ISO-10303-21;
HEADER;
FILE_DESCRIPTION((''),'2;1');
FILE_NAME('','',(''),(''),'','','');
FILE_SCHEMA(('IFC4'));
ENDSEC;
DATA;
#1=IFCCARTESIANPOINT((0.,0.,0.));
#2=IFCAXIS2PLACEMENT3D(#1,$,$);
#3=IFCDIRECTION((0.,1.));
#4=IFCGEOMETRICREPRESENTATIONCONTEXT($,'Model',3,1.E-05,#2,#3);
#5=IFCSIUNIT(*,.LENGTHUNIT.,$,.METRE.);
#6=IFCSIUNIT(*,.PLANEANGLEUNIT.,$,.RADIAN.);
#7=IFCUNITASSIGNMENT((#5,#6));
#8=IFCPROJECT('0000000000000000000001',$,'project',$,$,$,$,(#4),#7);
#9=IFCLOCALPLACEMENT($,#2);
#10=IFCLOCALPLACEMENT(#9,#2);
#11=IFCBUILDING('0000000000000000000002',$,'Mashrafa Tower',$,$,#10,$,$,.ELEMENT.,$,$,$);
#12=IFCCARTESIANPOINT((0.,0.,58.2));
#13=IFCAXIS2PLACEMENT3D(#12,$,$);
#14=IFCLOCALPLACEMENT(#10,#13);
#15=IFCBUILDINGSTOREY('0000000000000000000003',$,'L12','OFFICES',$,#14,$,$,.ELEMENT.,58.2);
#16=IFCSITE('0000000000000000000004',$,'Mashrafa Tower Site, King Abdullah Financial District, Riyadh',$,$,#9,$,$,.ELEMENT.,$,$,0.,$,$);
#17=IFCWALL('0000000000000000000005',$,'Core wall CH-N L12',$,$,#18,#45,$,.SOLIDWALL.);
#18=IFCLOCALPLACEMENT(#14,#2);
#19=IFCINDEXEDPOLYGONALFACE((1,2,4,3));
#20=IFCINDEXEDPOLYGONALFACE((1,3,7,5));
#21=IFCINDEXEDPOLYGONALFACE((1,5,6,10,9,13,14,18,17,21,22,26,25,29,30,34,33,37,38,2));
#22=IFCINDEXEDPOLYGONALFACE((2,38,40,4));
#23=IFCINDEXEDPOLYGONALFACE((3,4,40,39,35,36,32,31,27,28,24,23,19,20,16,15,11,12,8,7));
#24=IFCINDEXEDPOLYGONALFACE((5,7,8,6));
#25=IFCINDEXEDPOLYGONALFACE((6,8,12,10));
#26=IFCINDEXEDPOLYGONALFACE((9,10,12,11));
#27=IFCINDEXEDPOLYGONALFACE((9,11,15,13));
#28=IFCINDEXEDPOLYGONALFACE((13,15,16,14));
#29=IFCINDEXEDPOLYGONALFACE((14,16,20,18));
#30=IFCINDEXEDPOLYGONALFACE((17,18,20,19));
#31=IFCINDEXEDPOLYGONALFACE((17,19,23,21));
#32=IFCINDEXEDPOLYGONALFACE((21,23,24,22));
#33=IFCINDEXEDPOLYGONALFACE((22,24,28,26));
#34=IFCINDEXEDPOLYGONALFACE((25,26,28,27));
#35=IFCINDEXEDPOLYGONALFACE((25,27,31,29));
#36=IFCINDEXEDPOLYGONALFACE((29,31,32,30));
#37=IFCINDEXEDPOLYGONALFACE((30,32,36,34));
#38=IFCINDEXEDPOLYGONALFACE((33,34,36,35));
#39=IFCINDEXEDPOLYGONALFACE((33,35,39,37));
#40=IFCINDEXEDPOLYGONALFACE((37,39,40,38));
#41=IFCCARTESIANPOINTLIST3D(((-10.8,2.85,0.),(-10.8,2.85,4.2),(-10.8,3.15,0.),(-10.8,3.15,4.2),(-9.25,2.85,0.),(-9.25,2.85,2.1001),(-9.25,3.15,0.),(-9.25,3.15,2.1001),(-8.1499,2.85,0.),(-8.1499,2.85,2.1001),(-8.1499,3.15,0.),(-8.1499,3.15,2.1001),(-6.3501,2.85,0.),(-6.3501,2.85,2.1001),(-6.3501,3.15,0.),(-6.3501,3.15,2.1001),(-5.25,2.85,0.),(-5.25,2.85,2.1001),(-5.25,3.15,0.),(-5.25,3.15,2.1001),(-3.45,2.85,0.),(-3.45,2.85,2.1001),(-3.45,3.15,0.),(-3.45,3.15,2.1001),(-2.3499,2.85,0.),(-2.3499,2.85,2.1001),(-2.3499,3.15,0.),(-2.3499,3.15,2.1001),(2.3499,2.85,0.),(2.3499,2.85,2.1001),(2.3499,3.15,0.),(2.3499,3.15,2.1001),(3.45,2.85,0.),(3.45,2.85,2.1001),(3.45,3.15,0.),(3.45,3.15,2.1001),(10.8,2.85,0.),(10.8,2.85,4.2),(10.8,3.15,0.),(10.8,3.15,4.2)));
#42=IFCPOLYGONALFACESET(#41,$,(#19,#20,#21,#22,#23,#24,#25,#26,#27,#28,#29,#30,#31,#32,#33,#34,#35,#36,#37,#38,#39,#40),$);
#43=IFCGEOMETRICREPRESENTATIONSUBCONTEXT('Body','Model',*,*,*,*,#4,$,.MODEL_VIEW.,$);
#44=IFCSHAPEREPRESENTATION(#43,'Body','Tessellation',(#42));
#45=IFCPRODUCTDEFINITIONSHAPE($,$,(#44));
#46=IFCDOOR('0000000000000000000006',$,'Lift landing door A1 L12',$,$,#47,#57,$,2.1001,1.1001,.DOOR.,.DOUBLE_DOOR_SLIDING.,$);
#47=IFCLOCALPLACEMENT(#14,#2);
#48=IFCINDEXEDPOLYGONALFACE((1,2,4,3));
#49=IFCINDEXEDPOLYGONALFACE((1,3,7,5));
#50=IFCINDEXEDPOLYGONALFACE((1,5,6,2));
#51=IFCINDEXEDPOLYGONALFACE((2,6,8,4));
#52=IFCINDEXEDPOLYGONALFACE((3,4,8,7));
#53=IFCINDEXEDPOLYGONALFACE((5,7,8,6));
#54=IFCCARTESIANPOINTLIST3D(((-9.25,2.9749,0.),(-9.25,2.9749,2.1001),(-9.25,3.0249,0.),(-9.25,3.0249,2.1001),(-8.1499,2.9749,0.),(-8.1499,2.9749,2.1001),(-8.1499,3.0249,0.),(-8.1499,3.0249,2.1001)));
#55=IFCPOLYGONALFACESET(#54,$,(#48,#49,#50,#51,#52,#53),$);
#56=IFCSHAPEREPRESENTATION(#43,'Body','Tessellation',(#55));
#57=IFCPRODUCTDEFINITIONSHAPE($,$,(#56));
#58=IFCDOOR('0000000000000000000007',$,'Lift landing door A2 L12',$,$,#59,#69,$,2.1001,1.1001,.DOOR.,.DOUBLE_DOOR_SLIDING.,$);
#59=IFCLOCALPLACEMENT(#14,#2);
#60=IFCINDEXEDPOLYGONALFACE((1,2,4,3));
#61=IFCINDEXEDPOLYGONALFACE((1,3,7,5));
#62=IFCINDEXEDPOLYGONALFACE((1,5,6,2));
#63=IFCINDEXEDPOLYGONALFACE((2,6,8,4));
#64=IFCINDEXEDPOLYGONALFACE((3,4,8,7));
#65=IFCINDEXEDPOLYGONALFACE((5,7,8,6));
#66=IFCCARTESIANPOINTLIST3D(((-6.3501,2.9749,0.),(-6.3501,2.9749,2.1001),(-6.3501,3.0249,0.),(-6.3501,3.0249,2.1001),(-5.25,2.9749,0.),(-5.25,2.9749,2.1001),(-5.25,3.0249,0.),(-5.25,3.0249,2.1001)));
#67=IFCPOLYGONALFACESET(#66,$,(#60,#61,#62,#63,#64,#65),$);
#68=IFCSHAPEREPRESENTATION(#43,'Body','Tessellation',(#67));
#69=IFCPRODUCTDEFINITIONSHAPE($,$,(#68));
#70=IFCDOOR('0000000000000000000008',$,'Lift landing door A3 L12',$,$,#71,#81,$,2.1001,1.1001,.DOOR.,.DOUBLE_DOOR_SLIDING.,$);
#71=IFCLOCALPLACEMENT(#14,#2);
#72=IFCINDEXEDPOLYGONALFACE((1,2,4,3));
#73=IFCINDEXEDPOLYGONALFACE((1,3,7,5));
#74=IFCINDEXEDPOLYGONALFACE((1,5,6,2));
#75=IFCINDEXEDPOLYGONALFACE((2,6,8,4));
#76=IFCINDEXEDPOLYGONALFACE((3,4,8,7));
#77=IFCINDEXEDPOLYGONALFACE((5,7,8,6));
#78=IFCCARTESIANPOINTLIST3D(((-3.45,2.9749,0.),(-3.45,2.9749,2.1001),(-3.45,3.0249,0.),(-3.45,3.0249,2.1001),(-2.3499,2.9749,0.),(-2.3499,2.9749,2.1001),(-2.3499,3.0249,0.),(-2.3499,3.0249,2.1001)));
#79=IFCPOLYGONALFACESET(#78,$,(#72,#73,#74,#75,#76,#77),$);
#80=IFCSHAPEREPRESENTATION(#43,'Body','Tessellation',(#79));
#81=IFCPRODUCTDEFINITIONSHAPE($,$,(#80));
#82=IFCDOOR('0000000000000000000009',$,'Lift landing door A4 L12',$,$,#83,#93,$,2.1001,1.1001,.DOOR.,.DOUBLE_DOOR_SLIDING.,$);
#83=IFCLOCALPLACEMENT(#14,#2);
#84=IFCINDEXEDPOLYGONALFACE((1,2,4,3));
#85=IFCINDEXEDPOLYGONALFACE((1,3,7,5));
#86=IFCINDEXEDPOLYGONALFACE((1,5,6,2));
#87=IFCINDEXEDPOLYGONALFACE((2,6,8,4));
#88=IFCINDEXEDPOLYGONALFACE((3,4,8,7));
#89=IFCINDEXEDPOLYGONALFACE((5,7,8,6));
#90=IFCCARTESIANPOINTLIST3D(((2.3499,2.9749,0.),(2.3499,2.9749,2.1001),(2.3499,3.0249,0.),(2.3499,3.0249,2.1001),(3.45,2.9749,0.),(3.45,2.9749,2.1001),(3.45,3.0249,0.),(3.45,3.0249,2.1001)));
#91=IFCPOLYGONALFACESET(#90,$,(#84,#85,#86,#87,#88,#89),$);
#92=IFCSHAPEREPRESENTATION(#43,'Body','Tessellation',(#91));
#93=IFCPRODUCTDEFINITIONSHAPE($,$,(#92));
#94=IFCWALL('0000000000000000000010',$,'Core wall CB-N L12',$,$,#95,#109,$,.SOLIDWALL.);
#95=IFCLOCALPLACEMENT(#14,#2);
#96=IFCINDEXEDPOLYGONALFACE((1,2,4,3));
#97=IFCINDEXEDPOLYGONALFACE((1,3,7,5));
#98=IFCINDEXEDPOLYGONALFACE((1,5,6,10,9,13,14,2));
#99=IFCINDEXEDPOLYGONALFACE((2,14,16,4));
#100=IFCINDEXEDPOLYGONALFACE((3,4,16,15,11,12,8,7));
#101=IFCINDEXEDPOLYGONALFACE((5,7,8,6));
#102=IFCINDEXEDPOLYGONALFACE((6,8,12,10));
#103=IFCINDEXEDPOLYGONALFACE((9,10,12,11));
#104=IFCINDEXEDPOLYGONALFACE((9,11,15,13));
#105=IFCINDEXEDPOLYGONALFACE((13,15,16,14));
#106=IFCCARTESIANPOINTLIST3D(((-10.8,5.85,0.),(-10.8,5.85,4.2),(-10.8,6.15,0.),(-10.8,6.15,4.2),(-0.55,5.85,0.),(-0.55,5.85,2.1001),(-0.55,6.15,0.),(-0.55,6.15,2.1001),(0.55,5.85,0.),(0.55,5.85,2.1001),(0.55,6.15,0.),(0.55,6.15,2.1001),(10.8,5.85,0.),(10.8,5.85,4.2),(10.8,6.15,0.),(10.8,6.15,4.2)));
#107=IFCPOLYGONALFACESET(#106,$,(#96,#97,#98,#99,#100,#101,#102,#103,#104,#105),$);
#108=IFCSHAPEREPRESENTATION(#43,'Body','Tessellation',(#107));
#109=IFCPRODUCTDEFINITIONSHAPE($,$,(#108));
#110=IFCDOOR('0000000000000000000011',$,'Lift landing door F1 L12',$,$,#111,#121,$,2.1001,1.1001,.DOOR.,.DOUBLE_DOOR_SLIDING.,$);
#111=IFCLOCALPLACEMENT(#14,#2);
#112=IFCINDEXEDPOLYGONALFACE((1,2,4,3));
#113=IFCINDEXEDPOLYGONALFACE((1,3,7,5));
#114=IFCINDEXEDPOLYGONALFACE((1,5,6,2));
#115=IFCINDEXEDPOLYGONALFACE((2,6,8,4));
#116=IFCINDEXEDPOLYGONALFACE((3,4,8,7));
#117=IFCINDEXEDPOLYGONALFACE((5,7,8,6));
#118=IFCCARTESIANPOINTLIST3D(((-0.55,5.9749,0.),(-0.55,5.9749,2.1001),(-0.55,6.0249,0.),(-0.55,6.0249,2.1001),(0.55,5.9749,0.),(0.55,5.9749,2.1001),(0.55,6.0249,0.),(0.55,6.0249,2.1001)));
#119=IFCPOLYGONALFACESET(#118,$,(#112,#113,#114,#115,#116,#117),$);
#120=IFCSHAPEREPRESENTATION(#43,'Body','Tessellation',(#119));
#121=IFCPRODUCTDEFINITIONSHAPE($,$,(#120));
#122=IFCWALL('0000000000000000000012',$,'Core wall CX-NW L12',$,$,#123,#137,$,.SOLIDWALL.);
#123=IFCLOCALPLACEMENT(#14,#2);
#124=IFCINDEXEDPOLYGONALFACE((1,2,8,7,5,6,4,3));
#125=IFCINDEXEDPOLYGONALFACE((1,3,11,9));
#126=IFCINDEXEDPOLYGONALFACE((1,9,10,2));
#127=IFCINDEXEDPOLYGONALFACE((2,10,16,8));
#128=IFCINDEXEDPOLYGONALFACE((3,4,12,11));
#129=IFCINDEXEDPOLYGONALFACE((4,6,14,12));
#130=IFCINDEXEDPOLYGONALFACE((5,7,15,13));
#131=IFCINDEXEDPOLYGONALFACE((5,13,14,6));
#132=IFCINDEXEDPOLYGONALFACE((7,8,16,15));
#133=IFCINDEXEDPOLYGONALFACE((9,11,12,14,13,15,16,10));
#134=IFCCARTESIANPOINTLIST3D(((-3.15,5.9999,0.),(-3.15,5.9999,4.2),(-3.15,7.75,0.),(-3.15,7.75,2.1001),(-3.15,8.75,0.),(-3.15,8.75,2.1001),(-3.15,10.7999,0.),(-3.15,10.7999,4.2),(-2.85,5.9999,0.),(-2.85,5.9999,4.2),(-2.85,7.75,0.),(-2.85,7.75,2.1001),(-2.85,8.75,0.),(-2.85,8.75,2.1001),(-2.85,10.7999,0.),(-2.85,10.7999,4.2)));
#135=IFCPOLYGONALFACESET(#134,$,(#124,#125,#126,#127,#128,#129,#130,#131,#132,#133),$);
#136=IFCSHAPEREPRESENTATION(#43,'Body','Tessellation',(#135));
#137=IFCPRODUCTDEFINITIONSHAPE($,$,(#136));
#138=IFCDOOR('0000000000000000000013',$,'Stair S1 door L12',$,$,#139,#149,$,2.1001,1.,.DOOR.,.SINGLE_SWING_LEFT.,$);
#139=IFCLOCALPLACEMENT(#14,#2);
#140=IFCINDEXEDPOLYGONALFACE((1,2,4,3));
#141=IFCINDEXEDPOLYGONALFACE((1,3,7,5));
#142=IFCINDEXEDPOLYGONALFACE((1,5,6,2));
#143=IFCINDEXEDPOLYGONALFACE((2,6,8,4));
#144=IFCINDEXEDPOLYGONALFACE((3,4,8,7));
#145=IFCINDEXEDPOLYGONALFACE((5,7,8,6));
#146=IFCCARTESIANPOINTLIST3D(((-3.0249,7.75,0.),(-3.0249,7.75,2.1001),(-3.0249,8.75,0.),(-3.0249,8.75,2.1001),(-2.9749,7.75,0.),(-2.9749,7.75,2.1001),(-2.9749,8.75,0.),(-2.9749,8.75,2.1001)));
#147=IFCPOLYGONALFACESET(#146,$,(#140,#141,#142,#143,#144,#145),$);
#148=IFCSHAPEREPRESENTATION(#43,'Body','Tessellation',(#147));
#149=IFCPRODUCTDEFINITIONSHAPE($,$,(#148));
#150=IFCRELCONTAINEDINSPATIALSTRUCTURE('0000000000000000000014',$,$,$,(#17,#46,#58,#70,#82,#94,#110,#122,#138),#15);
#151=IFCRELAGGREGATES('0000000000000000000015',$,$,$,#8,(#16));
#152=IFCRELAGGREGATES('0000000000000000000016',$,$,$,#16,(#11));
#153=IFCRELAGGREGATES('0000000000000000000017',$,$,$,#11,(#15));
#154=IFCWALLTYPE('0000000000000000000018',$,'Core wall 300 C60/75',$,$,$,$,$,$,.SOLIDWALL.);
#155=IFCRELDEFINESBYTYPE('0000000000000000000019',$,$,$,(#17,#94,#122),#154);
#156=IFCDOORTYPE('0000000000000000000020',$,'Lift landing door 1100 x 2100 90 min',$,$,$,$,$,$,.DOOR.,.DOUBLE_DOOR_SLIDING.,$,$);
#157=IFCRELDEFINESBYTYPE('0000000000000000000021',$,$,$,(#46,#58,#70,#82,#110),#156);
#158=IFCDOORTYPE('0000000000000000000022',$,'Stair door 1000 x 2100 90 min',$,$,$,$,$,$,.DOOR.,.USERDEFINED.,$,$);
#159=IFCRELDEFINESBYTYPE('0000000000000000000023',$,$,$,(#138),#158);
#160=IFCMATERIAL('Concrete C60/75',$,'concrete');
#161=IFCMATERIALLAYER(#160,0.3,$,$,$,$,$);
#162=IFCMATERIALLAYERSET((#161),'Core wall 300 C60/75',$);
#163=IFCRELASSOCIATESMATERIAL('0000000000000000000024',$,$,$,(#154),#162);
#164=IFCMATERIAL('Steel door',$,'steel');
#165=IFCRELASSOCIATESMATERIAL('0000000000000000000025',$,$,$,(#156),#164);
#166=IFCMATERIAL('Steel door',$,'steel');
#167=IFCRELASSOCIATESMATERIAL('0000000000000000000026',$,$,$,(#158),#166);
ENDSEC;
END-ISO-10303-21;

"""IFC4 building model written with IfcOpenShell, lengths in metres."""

from ifc_helpers import new_model, si_unit, direction, frame, frame_2d, origin, place, context, subcontext, project, spatial, rectangle, extrude, material, layer, layer_set, type_object, element, fill, save


model = new_model("IFC4")

# Units and contexts
model_context = context("Model", 3, precision=1e-05, world=origin(), true_north=direction((0.0, 1.0)))
body_context = subcontext(model_context, "Body", "Model", "MODEL_VIEW")
ifc_project = project(units=[si_unit("LENGTHUNIT", "METRE"), si_unit("PLANEANGLEUNIT", "RADIAN")], contexts=[model_context])

# Site, building, storey
site_placement = place(None, origin())
site = spatial("IfcSite", under=ifc_project, at=site_placement, Name="Mashrafa Tower Site, King Abdullah Financial District, Riyadh", CompositionType="ELEMENT", RefElevation=0.0)
building_placement = place(site_placement, origin())
building = spatial("IfcBuilding", under=site, at=building_placement, Name="Mashrafa Tower", CompositionType="ELEMENT")
storey_placement = place(building_placement, frame((0.0, 0.0, 58.2)))
storey = spatial("IfcBuildingStorey", under=building, at=storey_placement, Name="L12", Description="OFFICES", CompositionType="ELEMENT", Elevation=58.2)

# Wall, openings, doors
ifc_material_1 = material(Name="Concrete C60/75", Category="concrete")
ifc_layer_1 = layer(ifc_material_1, 0.3)
ifc_layer_set_1 = layer_set([ifc_layer_1], Name="Core wall 300 C60/75")
wall_type_1 = type_object("IfcWallType", Name="Core wall 300 C60/75", PredefinedType="SOLIDWALL", material=ifc_layer_set_1)
wall_1_placement = place(storey_placement, frame((-10.8, 3.0, 0.0), z_axis=(0.0, 0.0, 1.0), x_axis=(1.0, 0.0, 0.0)))
wall_1 = element("IfcWall", 1, at=wall_1_placement, inside=storey, type_object=wall_type_1, Name="Core wall CH-N L12", PredefinedType="SOLIDWALL", context=body_context, shape_type="SweptSolid", body=[
    extrude(rectangle(XDim=21.6001, YDim=0.3, at=frame_2d((10.8, 0.0))), origin(), (0.0, 0.0, 1.0), 4.2),
])
opening_1_placement = place(wall_1_placement, frame((1.55, 0.0, 0.0)))
opening_1 = element("IfcOpeningElement", 2, at=opening_1_placement, cuts=wall_1, PredefinedType="OPENING", context=body_context, shape_type="SweptSolid", body=[
    extrude(rectangle(XDim=1.1001, YDim=2.1001, at=frame_2d((0.55, 1.05))), frame((0.0, 0.1599, 0.0), z_axis=(0.0, -1.0, 0.0), x_axis=(1.0, 0.0, 0.0)), (0.0, 0.0, 1.0), 0.3201),
])
opening_2_placement = place(wall_1_placement, frame((4.45, 0.0, 0.0)))
opening_2 = element("IfcOpeningElement", 3, at=opening_2_placement, cuts=wall_1, PredefinedType="OPENING", context=body_context, shape_type="SweptSolid", body=[
    extrude(rectangle(XDim=1.1001, YDim=2.1001, at=frame_2d((0.55, 1.05))), frame((0.0, 0.1599, 0.0), z_axis=(0.0, -1.0, 0.0), x_axis=(1.0, 0.0, 0.0)), (0.0, 0.0, 1.0), 0.3201),
])
opening_3_placement = place(wall_1_placement, frame((7.3501, 0.0, 0.0)))
opening_3 = element("IfcOpeningElement", 4, at=opening_3_placement, cuts=wall_1, PredefinedType="OPENING", context=body_context, shape_type="SweptSolid", body=[
    extrude(rectangle(XDim=1.1001, YDim=2.1001, at=frame_2d((0.55, 1.05))), frame((0.0, 0.1599, 0.0), z_axis=(0.0, -1.0, 0.0), x_axis=(1.0, 0.0, 0.0)), (0.0, 0.0, 1.0), 0.3201),
])
opening_4_placement = place(wall_1_placement, frame((13.1499, 0.0, 0.0)))
opening_4 = element("IfcOpeningElement", 5, at=opening_4_placement, cuts=wall_1, PredefinedType="OPENING", context=body_context, shape_type="SweptSolid", body=[
    extrude(rectangle(XDim=1.1001, YDim=2.1001, at=frame_2d((0.55, 1.05))), frame((0.0, 0.1599, 0.0), z_axis=(0.0, -1.0, 0.0), x_axis=(1.0, 0.0, 0.0)), (0.0, 0.0, 1.0), 0.3201),
])
ifc_material_2 = material(Name="Steel door", Category="steel")
door_type_1 = type_object("IfcDoorType", Name="Lift landing door 1100 x 2100 90 min", OperationType="DOUBLE_DOOR_SLIDING", PredefinedType="DOOR", material=ifc_material_2)
door_1_placement = place(opening_1_placement, origin())
door_1 = element("IfcDoor", 6, at=door_1_placement, inside=storey, type_object=door_type_1, Name="Lift landing door A1 L12", OperationType="DOUBLE_DOOR_SLIDING", OverallHeight=2.1001, OverallWidth=1.1001, PredefinedType="DOOR", context=body_context, shape_type="SweptSolid", body=[
    extrude(rectangle(XDim=1.1001, YDim=2.1001, at=frame_2d((0.55, 1.05))), frame((0.0, 0.0249, 0.0), z_axis=(0.0, -1.0, 0.0), x_axis=(1.0, 0.0, 0.0)), (0.0, 0.0, 1.0), 0.05),
])
fill(opening_1, door_1)
door_2_placement = place(opening_2_placement, origin())
door_2 = element("IfcDoor", 7, at=door_2_placement, inside=storey, type_object=door_type_1, Name="Lift landing door A2 L12", OperationType="DOUBLE_DOOR_SLIDING", OverallHeight=2.1001, OverallWidth=1.1001, PredefinedType="DOOR", context=body_context, shape_type="SweptSolid", body=[
    extrude(rectangle(XDim=1.1001, YDim=2.1001, at=frame_2d((0.55, 1.05))), frame((0.0, 0.0249, 0.0), z_axis=(0.0, -1.0, 0.0), x_axis=(1.0, 0.0, 0.0)), (0.0, 0.0, 1.0), 0.05),
])
fill(opening_2, door_2)
door_3_placement = place(opening_3_placement, origin())
door_3 = element("IfcDoor", 8, at=door_3_placement, inside=storey, type_object=door_type_1, Name="Lift landing door A3 L12", OperationType="DOUBLE_DOOR_SLIDING", OverallHeight=2.1001, OverallWidth=1.1001, PredefinedType="DOOR", context=body_context, shape_type="SweptSolid", body=[
    extrude(rectangle(XDim=1.1001, YDim=2.1001, at=frame_2d((0.55, 1.05))), frame((0.0, 0.0249, 0.0), z_axis=(0.0, -1.0, 0.0), x_axis=(1.0, 0.0, 0.0)), (0.0, 0.0, 1.0), 0.05),
])
fill(opening_3, door_3)
door_4_placement = place(opening_4_placement, origin())
door_4 = element("IfcDoor", 9, at=door_4_placement, inside=storey, type_object=door_type_1, Name="Lift landing door A4 L12", OperationType="DOUBLE_DOOR_SLIDING", OverallHeight=2.1001, OverallWidth=1.1001, PredefinedType="DOOR", context=body_context, shape_type="SweptSolid", body=[
    extrude(rectangle(XDim=1.1001, YDim=2.1001, at=frame_2d((0.55, 1.05))), frame((0.0, 0.0249, 0.0), z_axis=(0.0, -1.0, 0.0), x_axis=(1.0, 0.0, 0.0)), (0.0, 0.0, 1.0), 0.05),
])
fill(opening_4, door_4)

# Walls, openings, doors
wall_2_placement = place(storey_placement, frame((-10.8, 6.0, 0.0), z_axis=(0.0, 0.0, 1.0), x_axis=(1.0, 0.0, 0.0)))
wall_2 = element("IfcWall", 10, at=wall_2_placement, inside=storey, type_object=wall_type_1, Name="Core wall CB-N L12", PredefinedType="SOLIDWALL", context=body_context, shape_type="SweptSolid", body=[
    extrude(rectangle(XDim=21.6001, YDim=0.3, at=frame_2d((10.8, 0.0))), origin(), (0.0, 0.0, 1.0), 4.2),
])
opening_5_placement = place(wall_2_placement, frame((10.25, 0.0, 0.0)))
opening_5 = element("IfcOpeningElement", 11, at=opening_5_placement, cuts=wall_2, PredefinedType="OPENING", context=body_context, shape_type="SweptSolid", body=[
    extrude(rectangle(XDim=1.1001, YDim=2.1001, at=frame_2d((0.55, 1.05))), frame((0.0, 0.1599, 0.0), z_axis=(0.0, -1.0, 0.0), x_axis=(1.0, 0.0, 0.0)), (0.0, 0.0, 1.0), 0.3201),
])
door_5_placement = place(opening_5_placement, origin())
door_5 = element("IfcDoor", 12, at=door_5_placement, inside=storey, type_object=door_type_1, Name="Lift landing door F1 L12", OperationType="DOUBLE_DOOR_SLIDING", OverallHeight=2.1001, OverallWidth=1.1001, PredefinedType="DOOR", context=body_context, shape_type="SweptSolid", body=[
    extrude(rectangle(XDim=1.1001, YDim=2.1001, at=frame_2d((0.55, 1.05))), frame((0.0, 0.0249, 0.0), z_axis=(0.0, -1.0, 0.0), x_axis=(1.0, 0.0, 0.0)), (0.0, 0.0, 1.0), 0.05),
])
fill(opening_5, door_5)
wall_3_placement = place(storey_placement, frame((-3.0, 6.0, 0.0), z_axis=(0.0, 0.0, 1.0), x_axis=(0.0, 1.0, 0.0)))
wall_3 = element("IfcWall", 13, at=wall_3_placement, inside=storey, type_object=wall_type_1, Name="Core wall CX-NW L12", PredefinedType="SOLIDWALL", context=body_context, shape_type="SweptSolid", body=[
    extrude(rectangle(XDim=4.8, YDim=0.3, at=frame_2d((2.3999, 0.0))), origin(), (0.0, 0.0, 1.0), 4.2),
])
opening_6_placement = place(wall_3_placement, frame((1.75, 0.0, 0.0)))
opening_6 = element("IfcOpeningElement", 14, at=opening_6_placement, cuts=wall_3, PredefinedType="OPENING", context=body_context, shape_type="SweptSolid", body=[
    extrude(rectangle(XDim=1.0, YDim=2.1001, at=frame_2d((0.5, 1.05))), frame((0.0, 0.1599, 0.0), z_axis=(0.0, -1.0, 0.0), x_axis=(1.0, 0.0, 0.0)), (0.0, 0.0, 1.0), 0.3201),
])
ifc_material_3 = material(Name="Steel door", Category="steel")
door_type_2 = type_object("IfcDoorType", Name="Stair door 1000 x 2100 90 min", OperationType="USERDEFINED", PredefinedType="DOOR", material=ifc_material_3)
door_6_placement = place(opening_6_placement, origin())
door_6 = element("IfcDoor", 15, at=door_6_placement, inside=storey, type_object=door_type_2, Name="Stair S1 door L12", OperationType="SINGLE_SWING_LEFT", OverallHeight=2.1001, OverallWidth=1.0, PredefinedType="DOOR", context=body_context, shape_type="SweptSolid", body=[
    extrude(rectangle(XDim=1.0, YDim=2.1001, at=frame_2d((0.5, 1.05))), frame((0.0, 0.0249, 0.0), z_axis=(0.0, -1.0, 0.0), x_axis=(1.0, 0.0, 0.0)), (0.0, 0.0, 1.0), 0.05),
])
fill(opening_6, door_6)

save(model, "model.ifc")
